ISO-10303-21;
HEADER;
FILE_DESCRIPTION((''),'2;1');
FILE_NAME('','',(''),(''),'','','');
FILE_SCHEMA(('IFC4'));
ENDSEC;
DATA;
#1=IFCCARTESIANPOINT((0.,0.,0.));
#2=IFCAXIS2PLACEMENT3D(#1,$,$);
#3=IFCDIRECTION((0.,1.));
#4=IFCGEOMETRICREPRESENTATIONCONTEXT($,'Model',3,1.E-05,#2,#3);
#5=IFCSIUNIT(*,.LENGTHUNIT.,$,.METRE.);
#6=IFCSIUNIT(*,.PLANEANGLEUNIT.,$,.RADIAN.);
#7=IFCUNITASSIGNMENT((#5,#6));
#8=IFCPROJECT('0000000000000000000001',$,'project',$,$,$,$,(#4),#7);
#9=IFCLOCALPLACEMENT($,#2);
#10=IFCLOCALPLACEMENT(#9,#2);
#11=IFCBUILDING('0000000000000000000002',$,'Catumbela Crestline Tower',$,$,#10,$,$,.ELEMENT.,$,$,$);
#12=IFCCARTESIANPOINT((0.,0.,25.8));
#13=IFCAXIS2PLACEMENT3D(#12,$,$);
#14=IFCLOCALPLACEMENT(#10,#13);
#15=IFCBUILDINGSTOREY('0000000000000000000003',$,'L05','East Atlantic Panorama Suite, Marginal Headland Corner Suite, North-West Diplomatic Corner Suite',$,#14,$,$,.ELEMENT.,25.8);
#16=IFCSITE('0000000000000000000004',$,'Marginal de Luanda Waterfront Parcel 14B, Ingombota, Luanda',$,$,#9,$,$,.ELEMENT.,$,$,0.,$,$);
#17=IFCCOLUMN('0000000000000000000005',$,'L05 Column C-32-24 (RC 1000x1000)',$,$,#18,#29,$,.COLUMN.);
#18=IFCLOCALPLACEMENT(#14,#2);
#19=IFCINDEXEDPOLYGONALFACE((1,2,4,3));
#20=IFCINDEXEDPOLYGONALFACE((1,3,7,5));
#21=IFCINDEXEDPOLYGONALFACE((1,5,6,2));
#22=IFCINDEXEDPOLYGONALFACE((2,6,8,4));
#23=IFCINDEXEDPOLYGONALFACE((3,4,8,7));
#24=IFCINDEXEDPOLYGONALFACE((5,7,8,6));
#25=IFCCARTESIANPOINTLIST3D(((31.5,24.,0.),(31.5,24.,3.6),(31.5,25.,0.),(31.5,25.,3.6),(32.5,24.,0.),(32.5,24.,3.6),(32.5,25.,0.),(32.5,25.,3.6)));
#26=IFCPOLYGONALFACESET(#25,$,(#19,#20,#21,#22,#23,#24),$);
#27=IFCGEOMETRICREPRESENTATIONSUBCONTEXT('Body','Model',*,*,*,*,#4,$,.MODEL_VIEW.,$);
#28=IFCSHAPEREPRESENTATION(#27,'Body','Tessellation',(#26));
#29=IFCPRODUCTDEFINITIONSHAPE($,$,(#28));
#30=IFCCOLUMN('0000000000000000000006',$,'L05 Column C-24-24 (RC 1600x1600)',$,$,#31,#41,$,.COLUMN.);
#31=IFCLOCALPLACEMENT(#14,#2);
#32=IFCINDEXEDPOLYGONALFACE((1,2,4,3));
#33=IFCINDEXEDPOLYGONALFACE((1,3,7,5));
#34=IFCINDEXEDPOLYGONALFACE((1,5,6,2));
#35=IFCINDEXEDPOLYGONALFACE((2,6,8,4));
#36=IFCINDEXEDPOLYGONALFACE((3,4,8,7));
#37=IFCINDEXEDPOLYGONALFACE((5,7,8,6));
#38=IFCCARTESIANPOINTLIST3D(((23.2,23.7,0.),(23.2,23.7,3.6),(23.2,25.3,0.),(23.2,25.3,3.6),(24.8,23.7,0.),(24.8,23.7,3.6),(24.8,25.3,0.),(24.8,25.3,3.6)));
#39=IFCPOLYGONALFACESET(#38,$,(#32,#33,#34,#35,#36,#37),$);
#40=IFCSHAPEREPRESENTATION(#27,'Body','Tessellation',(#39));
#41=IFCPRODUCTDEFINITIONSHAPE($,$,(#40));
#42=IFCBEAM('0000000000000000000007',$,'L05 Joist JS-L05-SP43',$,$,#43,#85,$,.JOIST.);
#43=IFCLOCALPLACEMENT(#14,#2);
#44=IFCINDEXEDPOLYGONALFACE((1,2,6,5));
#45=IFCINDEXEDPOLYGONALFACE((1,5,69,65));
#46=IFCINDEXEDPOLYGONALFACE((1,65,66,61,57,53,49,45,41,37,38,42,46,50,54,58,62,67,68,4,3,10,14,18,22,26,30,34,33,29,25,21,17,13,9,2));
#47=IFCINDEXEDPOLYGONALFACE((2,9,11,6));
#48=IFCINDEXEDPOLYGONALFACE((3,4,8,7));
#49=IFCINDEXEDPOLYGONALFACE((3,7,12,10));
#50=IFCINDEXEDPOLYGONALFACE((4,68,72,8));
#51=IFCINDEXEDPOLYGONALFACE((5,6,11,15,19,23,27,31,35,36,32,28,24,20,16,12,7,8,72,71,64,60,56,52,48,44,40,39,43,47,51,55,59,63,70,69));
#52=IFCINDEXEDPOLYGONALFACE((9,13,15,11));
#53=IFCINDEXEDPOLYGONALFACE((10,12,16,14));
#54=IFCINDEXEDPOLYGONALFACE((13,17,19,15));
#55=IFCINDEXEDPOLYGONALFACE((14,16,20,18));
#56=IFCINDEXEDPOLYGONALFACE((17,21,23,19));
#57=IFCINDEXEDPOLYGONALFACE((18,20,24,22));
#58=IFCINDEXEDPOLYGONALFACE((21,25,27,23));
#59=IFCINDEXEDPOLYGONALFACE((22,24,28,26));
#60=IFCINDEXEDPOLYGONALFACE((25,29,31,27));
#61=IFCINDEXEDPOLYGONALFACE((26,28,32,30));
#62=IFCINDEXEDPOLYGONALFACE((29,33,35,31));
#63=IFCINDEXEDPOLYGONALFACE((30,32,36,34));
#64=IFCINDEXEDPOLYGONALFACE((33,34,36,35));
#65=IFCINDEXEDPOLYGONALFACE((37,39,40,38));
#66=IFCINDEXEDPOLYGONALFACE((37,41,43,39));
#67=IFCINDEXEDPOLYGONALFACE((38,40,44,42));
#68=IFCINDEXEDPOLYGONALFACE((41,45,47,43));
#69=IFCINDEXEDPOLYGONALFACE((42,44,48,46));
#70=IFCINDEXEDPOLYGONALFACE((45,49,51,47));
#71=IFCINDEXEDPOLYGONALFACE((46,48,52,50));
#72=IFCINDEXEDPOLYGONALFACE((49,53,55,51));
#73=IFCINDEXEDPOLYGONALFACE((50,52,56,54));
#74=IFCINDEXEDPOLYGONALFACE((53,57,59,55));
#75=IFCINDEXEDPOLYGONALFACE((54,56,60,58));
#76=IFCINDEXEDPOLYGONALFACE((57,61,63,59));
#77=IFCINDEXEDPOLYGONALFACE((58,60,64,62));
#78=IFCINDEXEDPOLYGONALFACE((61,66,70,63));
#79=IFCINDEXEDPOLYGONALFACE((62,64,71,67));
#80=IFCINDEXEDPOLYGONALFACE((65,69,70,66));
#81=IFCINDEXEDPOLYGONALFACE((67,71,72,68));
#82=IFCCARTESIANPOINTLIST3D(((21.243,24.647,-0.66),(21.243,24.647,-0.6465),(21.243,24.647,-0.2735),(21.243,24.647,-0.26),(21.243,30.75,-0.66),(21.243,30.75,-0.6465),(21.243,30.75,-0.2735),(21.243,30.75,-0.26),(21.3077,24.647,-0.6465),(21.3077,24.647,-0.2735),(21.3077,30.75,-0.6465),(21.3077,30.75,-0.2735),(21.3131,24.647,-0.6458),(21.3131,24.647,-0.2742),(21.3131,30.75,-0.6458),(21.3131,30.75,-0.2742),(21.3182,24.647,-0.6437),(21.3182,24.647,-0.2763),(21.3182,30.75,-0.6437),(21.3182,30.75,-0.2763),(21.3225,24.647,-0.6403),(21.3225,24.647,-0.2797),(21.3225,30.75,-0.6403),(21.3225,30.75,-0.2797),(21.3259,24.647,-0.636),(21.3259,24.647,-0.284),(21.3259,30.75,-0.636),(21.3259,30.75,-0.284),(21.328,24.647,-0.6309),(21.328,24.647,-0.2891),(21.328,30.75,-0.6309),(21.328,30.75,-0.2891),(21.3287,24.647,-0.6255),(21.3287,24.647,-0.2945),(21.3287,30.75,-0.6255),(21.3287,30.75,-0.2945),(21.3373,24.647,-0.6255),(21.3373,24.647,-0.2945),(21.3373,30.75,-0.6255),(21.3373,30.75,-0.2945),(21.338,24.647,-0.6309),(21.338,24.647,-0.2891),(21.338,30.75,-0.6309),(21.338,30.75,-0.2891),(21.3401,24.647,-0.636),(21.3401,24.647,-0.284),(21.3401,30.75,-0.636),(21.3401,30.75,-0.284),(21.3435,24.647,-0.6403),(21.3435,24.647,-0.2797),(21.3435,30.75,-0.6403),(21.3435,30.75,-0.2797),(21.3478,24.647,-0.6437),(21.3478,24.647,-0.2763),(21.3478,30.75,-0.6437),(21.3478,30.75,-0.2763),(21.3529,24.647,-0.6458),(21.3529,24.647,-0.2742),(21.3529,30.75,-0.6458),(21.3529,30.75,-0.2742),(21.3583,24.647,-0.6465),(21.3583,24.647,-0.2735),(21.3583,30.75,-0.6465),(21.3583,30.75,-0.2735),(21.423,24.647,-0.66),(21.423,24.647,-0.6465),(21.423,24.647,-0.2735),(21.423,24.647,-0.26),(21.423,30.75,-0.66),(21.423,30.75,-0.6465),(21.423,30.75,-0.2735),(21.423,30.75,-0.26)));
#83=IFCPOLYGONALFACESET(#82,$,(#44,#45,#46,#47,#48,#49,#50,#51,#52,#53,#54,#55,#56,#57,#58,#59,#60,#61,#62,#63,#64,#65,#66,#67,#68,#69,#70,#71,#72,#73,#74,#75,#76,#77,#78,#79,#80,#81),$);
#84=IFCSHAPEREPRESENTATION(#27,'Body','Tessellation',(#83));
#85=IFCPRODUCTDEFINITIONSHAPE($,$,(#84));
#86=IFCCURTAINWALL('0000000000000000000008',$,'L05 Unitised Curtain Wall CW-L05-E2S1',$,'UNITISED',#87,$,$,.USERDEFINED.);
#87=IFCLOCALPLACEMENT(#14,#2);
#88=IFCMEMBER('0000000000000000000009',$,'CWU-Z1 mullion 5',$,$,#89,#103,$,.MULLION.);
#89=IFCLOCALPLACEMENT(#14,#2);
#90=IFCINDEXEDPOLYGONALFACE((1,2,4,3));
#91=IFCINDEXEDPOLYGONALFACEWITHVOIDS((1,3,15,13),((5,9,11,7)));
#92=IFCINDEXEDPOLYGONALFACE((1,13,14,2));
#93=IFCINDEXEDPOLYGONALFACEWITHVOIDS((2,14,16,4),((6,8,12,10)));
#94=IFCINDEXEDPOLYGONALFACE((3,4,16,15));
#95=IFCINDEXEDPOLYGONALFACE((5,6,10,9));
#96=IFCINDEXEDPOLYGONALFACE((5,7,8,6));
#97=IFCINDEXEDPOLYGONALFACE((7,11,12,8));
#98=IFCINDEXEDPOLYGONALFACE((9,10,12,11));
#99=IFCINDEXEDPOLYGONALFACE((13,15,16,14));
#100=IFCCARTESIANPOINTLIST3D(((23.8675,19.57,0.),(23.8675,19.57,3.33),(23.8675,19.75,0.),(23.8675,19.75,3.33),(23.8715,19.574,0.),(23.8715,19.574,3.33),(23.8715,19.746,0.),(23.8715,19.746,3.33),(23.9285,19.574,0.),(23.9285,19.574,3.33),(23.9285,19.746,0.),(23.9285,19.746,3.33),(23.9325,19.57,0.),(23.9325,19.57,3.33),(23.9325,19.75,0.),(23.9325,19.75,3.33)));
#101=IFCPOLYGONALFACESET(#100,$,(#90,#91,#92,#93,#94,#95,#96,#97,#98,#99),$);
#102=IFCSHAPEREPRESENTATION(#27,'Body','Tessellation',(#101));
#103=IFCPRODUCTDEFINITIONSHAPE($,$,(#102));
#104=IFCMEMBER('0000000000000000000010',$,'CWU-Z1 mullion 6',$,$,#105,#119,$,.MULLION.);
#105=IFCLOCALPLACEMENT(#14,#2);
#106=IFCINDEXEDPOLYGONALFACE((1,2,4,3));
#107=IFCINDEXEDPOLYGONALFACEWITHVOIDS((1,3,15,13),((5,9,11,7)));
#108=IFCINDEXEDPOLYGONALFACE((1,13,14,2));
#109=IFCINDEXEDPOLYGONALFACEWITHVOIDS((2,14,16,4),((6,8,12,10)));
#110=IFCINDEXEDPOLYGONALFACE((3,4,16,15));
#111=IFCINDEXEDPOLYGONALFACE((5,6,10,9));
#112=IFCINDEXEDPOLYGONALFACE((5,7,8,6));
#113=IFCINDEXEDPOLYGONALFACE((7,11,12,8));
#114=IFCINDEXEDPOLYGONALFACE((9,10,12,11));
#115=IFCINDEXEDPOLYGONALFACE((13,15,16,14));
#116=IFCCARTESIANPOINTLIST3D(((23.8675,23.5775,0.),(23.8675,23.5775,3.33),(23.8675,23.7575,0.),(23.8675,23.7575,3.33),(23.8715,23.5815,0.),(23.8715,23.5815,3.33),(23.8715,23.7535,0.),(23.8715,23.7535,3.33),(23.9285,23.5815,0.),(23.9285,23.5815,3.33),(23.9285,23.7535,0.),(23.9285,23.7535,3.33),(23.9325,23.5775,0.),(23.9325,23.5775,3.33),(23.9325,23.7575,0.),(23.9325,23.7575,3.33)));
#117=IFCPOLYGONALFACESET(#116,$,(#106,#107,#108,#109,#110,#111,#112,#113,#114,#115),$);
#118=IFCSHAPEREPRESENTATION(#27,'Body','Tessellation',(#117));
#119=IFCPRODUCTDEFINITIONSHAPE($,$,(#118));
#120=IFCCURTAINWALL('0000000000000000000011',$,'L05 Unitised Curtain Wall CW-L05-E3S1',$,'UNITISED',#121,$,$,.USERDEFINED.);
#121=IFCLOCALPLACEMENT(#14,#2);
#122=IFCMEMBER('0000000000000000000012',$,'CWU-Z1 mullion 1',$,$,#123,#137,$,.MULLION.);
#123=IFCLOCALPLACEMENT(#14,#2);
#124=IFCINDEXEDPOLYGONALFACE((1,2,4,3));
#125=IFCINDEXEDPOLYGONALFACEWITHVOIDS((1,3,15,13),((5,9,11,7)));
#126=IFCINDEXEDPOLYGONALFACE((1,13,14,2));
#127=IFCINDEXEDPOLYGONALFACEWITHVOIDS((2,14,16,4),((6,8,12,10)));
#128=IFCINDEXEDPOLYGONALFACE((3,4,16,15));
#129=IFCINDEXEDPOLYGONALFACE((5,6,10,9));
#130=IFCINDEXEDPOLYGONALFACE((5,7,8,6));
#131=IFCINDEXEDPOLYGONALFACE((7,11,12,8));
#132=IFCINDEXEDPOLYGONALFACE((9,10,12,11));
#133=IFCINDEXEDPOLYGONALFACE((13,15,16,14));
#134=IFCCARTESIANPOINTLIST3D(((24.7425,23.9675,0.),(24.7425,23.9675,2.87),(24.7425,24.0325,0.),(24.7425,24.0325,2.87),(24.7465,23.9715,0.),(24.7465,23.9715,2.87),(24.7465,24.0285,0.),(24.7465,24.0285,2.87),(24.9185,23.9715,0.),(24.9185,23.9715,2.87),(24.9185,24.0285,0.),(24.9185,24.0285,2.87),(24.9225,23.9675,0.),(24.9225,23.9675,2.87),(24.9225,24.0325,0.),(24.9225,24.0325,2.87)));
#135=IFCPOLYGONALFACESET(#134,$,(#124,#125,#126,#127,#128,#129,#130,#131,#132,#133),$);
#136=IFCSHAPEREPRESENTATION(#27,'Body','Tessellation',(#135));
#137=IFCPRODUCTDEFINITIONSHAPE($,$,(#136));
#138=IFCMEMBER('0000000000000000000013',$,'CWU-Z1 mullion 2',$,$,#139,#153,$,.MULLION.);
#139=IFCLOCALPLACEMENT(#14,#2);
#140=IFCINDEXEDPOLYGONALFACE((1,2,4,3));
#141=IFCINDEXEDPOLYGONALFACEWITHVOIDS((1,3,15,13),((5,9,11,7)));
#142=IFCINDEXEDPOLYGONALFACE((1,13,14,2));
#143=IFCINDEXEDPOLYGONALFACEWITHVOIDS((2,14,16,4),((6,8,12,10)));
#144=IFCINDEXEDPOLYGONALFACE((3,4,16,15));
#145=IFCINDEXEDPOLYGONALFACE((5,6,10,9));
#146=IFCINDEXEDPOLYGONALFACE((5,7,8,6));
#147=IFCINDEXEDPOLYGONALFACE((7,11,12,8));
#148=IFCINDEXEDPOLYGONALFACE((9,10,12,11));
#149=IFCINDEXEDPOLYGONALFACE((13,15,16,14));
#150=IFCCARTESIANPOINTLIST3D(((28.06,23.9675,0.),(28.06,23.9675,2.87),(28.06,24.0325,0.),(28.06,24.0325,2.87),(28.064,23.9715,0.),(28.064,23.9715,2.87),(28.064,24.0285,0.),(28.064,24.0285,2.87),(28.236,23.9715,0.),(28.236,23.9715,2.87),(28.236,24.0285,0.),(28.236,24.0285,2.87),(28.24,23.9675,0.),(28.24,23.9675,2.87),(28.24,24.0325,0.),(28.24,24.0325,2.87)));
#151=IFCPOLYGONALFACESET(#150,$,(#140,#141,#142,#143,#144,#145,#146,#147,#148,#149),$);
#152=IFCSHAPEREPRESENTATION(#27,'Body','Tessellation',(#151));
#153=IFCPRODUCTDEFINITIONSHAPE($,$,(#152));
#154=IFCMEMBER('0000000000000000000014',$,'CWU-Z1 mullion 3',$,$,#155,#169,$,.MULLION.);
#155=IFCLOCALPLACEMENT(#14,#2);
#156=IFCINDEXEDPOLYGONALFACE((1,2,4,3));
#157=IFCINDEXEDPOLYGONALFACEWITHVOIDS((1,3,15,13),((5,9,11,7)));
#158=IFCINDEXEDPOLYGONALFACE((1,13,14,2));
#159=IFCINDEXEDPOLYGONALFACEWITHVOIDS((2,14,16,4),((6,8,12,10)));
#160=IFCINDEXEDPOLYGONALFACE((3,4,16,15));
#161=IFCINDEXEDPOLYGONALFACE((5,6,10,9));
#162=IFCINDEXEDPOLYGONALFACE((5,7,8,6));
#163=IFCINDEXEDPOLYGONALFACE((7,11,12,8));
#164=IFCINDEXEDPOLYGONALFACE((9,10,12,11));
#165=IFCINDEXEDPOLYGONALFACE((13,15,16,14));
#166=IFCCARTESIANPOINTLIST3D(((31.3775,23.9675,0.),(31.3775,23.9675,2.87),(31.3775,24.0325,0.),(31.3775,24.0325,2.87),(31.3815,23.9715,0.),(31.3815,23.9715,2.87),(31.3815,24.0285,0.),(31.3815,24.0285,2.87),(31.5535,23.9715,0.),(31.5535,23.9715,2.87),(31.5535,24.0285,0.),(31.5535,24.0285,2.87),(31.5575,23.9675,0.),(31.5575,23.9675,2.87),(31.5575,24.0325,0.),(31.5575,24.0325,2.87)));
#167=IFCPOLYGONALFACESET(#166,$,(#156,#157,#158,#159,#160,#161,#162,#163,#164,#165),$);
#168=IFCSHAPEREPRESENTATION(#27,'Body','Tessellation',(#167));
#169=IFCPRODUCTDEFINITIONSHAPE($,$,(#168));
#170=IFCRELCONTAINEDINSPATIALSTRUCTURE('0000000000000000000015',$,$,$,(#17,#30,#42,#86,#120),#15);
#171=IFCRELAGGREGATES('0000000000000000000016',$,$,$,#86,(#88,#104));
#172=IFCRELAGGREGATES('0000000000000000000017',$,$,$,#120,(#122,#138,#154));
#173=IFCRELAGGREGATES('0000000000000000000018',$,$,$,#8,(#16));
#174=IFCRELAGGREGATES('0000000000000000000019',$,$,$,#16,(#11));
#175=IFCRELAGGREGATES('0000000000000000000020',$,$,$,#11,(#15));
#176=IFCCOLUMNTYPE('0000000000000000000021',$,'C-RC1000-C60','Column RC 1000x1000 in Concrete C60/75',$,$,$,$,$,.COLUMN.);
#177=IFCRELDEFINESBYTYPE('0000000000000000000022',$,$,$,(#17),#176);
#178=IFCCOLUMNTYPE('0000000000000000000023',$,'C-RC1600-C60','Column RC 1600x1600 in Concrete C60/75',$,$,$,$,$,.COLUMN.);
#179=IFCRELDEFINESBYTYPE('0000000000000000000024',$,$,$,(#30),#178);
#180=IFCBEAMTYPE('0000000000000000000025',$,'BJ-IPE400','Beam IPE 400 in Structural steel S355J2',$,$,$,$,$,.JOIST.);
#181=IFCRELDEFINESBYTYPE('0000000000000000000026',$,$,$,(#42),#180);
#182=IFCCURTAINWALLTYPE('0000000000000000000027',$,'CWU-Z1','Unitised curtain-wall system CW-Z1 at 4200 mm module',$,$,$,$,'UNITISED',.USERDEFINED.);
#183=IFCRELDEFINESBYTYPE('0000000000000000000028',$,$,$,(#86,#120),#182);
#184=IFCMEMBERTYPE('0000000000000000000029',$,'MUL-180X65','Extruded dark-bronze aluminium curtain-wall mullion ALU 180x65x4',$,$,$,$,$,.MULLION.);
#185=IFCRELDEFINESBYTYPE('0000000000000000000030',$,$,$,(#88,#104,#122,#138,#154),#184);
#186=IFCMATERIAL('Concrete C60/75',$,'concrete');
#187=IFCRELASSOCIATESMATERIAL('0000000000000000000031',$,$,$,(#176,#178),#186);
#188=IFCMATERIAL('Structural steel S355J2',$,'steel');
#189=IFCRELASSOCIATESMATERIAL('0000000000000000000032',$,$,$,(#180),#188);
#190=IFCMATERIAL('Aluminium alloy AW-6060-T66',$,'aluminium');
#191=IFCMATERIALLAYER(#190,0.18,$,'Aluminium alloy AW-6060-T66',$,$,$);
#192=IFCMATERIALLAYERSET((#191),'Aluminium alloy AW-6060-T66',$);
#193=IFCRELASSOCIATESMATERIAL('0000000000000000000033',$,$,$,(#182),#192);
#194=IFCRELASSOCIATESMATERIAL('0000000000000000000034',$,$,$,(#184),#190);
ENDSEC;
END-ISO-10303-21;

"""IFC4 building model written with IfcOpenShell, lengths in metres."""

from ifc_helpers import new_model, si_unit, direction, frame, origin, origin_2d, place, context, subcontext, project, spatial, rectangle, hollow_rectangle, i_section, extrude, material, layer, layer_set, material_profile, profile_set, type_object, element, aggregate, save


model = new_model("IFC4")

# Units and contexts
model_context = context("Model", 3, precision=1e-05, world=origin(), true_north=direction((0.0, 1.0)))
body_context = subcontext(model_context, "Body", "Model", "MODEL_VIEW")
ifc_project = project(units=[si_unit("LENGTHUNIT", "METRE"), si_unit("PLANEANGLEUNIT", "RADIAN")], contexts=[model_context])

# Site, building, storey
site_placement = place(None, origin())
site = spatial("IfcSite", under=ifc_project, at=site_placement, Name="Marginal de Luanda Waterfront Parcel 14B, Ingombota, Luanda", CompositionType="ELEMENT", RefElevation=0.0)
building_placement = place(site_placement, origin())
building = spatial("IfcBuilding", under=site, at=building_placement, Name="Catumbela Crestline Tower", CompositionType="ELEMENT")
storey_placement = place(building_placement, frame((0.0, 0.0, 25.8)))
storey = spatial("IfcBuildingStorey", under=building, at=storey_placement, Name="L05", Description="East Atlantic Panorama Suite, Marginal Headland Corner Suite, North-West Diplomatic Corner Suite", CompositionType="ELEMENT", Elevation=25.8)

# Columns
ifc_material_1 = material(Name="Concrete C60/75", Category="concrete")
ifc_material_profile_1 = material_profile(ifc_material_1, rectangle(XDim=1.0, YDim=1.0, at=origin_2d()), Name="RC 1000x1000")
ifc_profile_set_1 = profile_set([ifc_material_profile_1], Name="Concrete C60/75")
column_type_1 = type_object("IfcColumnType", Name="C-RC1000-C60", Description="Column RC 1000x1000 in Concrete C60/75", PredefinedType="COLUMN", material=ifc_profile_set_1)
column_1_placement = place(storey_placement, frame((32.0, 24.5, 0.0), z_axis=(0.0, 0.0, 1.0), x_axis=(1.0, 0.0, 0.0)))
element("IfcColumn", 1, at=column_1_placement, inside=storey, type_object=column_type_1, Name="L05 Column C-32-24 (RC 1000x1000)", PredefinedType="COLUMN", context=body_context, shape_type="SweptSolid", body=[
    extrude(rectangle(XDim=1.0, YDim=1.0, at=origin_2d()), origin(), (0.0, 0.0, 1.0), 3.6),
])
ifc_material_profile_2 = material_profile(ifc_material_1, rectangle(XDim=1.6, YDim=1.6, at=origin_2d()), Name="RC 1600x1600")
ifc_profile_set_2 = profile_set([ifc_material_profile_2], Name="Concrete C60/75")
column_type_2 = type_object("IfcColumnType", Name="C-RC1600-C60", Description="Column RC 1600x1600 in Concrete C60/75", PredefinedType="COLUMN", material=ifc_profile_set_2)
column_2_placement = place(storey_placement, frame((24.0, 24.5, 0.0), z_axis=(0.0, 0.0, 1.0), x_axis=(1.0, 0.0, 0.0)))
element("IfcColumn", 2, at=column_2_placement, inside=storey, type_object=column_type_2, Name="L05 Column C-24-24 (RC 1600x1600)", PredefinedType="COLUMN", context=body_context, shape_type="SweptSolid", body=[
    extrude(rectangle(XDim=1.6, YDim=1.6, at=origin_2d()), origin(), (0.0, 0.0, 1.0), 3.6),
])

# Beam
ifc_material_2 = material(Name="Structural steel S355J2", Category="steel")
ifc_material_profile_3 = material_profile(ifc_material_2, i_section(OverallWidth=0.18, OverallDepth=0.4, WebThickness=0.0086, FlangeThickness=0.0135, FilletRadius=0.021, at=origin_2d()), Name="IPE 400")
ifc_profile_set_3 = profile_set([ifc_material_profile_3], Name="Structural steel S355J2")
beam_type_1 = type_object("IfcBeamType", Name="BJ-IPE400", Description="Beam IPE 400 in Structural steel S355J2", PredefinedType="JOIST", material=ifc_profile_set_3)
beam_1_placement = place(storey_placement, frame((21.333, 24.647, -0.46), z_axis=(0.0, 1.0, 0.0), x_axis=(-1.0, 0.0, 0.0)))
element("IfcBeam", 3, at=beam_1_placement, inside=storey, type_object=beam_type_1, Name="L05 Joist JS-L05-SP43", PredefinedType="JOIST", context=body_context, shape_type="SweptSolid", body=[
    extrude(i_section(OverallWidth=0.18, OverallDepth=0.4, WebThickness=0.0086, FlangeThickness=0.0135, FilletRadius=0.021, at=origin_2d()), origin(), (0.0, 0.0, 1.0), 6.103),
])

# Curtain walls, members
ifc_material_3 = material(Name="Aluminium alloy AW-6060-T66", Category="aluminium")
ifc_layer_1 = layer(ifc_material_3, 0.18, Name="Aluminium alloy AW-6060-T66")
ifc_layer_set_1 = layer_set([ifc_layer_1], Name="Aluminium alloy AW-6060-T66")
curtain_wall_type = type_object("IfcCurtainWallType", Name="CWU-Z1", Description="Unitised curtain-wall system CW-Z1 at 4200 mm module", ElementType="UNITISED", PredefinedType="USERDEFINED", material=ifc_layer_set_1)
curtain_wall_1_placement = place(storey_placement, origin())
curtain_wall_1 = element("IfcCurtainWall", 4, at=curtain_wall_1_placement, inside=storey, type_object=curtain_wall_type, Name="L05 Unitised Curtain Wall CW-L05-E2S1", ObjectType="UNITISED", PredefinedType="USERDEFINED")
ifc_material_profile_4 = material_profile(ifc_material_3, hollow_rectangle(XDim=0.065, YDim=0.18, WallThickness=0.004, at=origin_2d()), Name="ALU 180x65x4")
ifc_profile_set_4 = profile_set([ifc_material_profile_4], Name="Aluminium alloy AW-6060-T66")
member_type_1 = type_object("IfcMemberType", Name="MUL-180X65", Description="Extruded dark-bronze aluminium curtain-wall mullion ALU 180x65x4", PredefinedType="MULLION", material=ifc_profile_set_4)
member_1_placement = place(storey_placement, frame((23.9, 19.66, 0.0), z_axis=(0.0, 0.0, 1.0), x_axis=(-1.0, 0.0, 0.0)))
member_1 = element("IfcMember", 5, at=member_1_placement, type_object=member_type_1, Name="CWU-Z1 mullion 5", PredefinedType="MULLION", context=body_context, shape_type="SweptSolid", body=[
    extrude(hollow_rectangle(XDim=0.065, YDim=0.18, WallThickness=0.004, at=origin_2d()), origin(), (0.0, 0.0, 1.0), 3.33),
])
member_2_placement = place(storey_placement, frame((23.9, 23.6675, 0.0), z_axis=(0.0, 0.0, 1.0), x_axis=(-1.0, 0.0, 0.0)))
member_2 = element("IfcMember", 6, at=member_2_placement, type_object=member_type_1, Name="CWU-Z1 mullion 6", PredefinedType="MULLION", context=body_context, shape_type="SweptSolid", body=[
    extrude(hollow_rectangle(XDim=0.065, YDim=0.18, WallThickness=0.004, at=origin_2d()), origin(), (0.0, 0.0, 1.0), 3.33),
])
curtain_wall_2_placement = place(storey_placement, origin())
curtain_wall_2 = element("IfcCurtainWall", 7, at=curtain_wall_2_placement, inside=storey, type_object=curtain_wall_type, Name="L05 Unitised Curtain Wall CW-L05-E3S1", ObjectType="UNITISED", PredefinedType="USERDEFINED")
member_3_placement = place(storey_placement, frame((24.8325, 24.0, 0.0), z_axis=(0.0, 0.0, 1.0), x_axis=(0.0, 1.0, 0.0)))
member_3 = element("IfcMember", 8, at=member_3_placement, type_object=member_type_1, Name="CWU-Z1 mullion 1", PredefinedType="MULLION", context=body_context, shape_type="SweptSolid", body=[
    extrude(hollow_rectangle(XDim=0.065, YDim=0.18, WallThickness=0.004, at=origin_2d()), origin(), (0.0, 0.0, 1.0), 2.87),
])
member_4_placement = place(storey_placement, frame((28.15, 24.0, 0.0), z_axis=(0.0, 0.0, 1.0), x_axis=(0.0, 1.0, 0.0)))
member_4 = element("IfcMember", 9, at=member_4_placement, type_object=member_type_1, Name="CWU-Z1 mullion 2", PredefinedType="MULLION", context=body_context, shape_type="SweptSolid", body=[
    extrude(hollow_rectangle(XDim=0.065, YDim=0.18, WallThickness=0.004, at=origin_2d()), origin(), (0.0, 0.0, 1.0), 2.87),
])
member_5_placement = place(storey_placement, frame((31.4675, 24.0, 0.0), z_axis=(0.0, 0.0, 1.0), x_axis=(0.0, 1.0, 0.0)))
member_5 = element("IfcMember", 10, at=member_5_placement, type_object=member_type_1, Name="CWU-Z1 mullion 3", PredefinedType="MULLION", context=body_context, shape_type="SweptSolid", body=[
    extrude(hollow_rectangle(XDim=0.065, YDim=0.18, WallThickness=0.004, at=origin_2d()), origin(), (0.0, 0.0, 1.0), 2.87),
])

aggregate(curtain_wall_1, [member_1, member_2])
aggregate(curtain_wall_2, [member_3, member_4, member_5])

save(model, "model.ifc")
